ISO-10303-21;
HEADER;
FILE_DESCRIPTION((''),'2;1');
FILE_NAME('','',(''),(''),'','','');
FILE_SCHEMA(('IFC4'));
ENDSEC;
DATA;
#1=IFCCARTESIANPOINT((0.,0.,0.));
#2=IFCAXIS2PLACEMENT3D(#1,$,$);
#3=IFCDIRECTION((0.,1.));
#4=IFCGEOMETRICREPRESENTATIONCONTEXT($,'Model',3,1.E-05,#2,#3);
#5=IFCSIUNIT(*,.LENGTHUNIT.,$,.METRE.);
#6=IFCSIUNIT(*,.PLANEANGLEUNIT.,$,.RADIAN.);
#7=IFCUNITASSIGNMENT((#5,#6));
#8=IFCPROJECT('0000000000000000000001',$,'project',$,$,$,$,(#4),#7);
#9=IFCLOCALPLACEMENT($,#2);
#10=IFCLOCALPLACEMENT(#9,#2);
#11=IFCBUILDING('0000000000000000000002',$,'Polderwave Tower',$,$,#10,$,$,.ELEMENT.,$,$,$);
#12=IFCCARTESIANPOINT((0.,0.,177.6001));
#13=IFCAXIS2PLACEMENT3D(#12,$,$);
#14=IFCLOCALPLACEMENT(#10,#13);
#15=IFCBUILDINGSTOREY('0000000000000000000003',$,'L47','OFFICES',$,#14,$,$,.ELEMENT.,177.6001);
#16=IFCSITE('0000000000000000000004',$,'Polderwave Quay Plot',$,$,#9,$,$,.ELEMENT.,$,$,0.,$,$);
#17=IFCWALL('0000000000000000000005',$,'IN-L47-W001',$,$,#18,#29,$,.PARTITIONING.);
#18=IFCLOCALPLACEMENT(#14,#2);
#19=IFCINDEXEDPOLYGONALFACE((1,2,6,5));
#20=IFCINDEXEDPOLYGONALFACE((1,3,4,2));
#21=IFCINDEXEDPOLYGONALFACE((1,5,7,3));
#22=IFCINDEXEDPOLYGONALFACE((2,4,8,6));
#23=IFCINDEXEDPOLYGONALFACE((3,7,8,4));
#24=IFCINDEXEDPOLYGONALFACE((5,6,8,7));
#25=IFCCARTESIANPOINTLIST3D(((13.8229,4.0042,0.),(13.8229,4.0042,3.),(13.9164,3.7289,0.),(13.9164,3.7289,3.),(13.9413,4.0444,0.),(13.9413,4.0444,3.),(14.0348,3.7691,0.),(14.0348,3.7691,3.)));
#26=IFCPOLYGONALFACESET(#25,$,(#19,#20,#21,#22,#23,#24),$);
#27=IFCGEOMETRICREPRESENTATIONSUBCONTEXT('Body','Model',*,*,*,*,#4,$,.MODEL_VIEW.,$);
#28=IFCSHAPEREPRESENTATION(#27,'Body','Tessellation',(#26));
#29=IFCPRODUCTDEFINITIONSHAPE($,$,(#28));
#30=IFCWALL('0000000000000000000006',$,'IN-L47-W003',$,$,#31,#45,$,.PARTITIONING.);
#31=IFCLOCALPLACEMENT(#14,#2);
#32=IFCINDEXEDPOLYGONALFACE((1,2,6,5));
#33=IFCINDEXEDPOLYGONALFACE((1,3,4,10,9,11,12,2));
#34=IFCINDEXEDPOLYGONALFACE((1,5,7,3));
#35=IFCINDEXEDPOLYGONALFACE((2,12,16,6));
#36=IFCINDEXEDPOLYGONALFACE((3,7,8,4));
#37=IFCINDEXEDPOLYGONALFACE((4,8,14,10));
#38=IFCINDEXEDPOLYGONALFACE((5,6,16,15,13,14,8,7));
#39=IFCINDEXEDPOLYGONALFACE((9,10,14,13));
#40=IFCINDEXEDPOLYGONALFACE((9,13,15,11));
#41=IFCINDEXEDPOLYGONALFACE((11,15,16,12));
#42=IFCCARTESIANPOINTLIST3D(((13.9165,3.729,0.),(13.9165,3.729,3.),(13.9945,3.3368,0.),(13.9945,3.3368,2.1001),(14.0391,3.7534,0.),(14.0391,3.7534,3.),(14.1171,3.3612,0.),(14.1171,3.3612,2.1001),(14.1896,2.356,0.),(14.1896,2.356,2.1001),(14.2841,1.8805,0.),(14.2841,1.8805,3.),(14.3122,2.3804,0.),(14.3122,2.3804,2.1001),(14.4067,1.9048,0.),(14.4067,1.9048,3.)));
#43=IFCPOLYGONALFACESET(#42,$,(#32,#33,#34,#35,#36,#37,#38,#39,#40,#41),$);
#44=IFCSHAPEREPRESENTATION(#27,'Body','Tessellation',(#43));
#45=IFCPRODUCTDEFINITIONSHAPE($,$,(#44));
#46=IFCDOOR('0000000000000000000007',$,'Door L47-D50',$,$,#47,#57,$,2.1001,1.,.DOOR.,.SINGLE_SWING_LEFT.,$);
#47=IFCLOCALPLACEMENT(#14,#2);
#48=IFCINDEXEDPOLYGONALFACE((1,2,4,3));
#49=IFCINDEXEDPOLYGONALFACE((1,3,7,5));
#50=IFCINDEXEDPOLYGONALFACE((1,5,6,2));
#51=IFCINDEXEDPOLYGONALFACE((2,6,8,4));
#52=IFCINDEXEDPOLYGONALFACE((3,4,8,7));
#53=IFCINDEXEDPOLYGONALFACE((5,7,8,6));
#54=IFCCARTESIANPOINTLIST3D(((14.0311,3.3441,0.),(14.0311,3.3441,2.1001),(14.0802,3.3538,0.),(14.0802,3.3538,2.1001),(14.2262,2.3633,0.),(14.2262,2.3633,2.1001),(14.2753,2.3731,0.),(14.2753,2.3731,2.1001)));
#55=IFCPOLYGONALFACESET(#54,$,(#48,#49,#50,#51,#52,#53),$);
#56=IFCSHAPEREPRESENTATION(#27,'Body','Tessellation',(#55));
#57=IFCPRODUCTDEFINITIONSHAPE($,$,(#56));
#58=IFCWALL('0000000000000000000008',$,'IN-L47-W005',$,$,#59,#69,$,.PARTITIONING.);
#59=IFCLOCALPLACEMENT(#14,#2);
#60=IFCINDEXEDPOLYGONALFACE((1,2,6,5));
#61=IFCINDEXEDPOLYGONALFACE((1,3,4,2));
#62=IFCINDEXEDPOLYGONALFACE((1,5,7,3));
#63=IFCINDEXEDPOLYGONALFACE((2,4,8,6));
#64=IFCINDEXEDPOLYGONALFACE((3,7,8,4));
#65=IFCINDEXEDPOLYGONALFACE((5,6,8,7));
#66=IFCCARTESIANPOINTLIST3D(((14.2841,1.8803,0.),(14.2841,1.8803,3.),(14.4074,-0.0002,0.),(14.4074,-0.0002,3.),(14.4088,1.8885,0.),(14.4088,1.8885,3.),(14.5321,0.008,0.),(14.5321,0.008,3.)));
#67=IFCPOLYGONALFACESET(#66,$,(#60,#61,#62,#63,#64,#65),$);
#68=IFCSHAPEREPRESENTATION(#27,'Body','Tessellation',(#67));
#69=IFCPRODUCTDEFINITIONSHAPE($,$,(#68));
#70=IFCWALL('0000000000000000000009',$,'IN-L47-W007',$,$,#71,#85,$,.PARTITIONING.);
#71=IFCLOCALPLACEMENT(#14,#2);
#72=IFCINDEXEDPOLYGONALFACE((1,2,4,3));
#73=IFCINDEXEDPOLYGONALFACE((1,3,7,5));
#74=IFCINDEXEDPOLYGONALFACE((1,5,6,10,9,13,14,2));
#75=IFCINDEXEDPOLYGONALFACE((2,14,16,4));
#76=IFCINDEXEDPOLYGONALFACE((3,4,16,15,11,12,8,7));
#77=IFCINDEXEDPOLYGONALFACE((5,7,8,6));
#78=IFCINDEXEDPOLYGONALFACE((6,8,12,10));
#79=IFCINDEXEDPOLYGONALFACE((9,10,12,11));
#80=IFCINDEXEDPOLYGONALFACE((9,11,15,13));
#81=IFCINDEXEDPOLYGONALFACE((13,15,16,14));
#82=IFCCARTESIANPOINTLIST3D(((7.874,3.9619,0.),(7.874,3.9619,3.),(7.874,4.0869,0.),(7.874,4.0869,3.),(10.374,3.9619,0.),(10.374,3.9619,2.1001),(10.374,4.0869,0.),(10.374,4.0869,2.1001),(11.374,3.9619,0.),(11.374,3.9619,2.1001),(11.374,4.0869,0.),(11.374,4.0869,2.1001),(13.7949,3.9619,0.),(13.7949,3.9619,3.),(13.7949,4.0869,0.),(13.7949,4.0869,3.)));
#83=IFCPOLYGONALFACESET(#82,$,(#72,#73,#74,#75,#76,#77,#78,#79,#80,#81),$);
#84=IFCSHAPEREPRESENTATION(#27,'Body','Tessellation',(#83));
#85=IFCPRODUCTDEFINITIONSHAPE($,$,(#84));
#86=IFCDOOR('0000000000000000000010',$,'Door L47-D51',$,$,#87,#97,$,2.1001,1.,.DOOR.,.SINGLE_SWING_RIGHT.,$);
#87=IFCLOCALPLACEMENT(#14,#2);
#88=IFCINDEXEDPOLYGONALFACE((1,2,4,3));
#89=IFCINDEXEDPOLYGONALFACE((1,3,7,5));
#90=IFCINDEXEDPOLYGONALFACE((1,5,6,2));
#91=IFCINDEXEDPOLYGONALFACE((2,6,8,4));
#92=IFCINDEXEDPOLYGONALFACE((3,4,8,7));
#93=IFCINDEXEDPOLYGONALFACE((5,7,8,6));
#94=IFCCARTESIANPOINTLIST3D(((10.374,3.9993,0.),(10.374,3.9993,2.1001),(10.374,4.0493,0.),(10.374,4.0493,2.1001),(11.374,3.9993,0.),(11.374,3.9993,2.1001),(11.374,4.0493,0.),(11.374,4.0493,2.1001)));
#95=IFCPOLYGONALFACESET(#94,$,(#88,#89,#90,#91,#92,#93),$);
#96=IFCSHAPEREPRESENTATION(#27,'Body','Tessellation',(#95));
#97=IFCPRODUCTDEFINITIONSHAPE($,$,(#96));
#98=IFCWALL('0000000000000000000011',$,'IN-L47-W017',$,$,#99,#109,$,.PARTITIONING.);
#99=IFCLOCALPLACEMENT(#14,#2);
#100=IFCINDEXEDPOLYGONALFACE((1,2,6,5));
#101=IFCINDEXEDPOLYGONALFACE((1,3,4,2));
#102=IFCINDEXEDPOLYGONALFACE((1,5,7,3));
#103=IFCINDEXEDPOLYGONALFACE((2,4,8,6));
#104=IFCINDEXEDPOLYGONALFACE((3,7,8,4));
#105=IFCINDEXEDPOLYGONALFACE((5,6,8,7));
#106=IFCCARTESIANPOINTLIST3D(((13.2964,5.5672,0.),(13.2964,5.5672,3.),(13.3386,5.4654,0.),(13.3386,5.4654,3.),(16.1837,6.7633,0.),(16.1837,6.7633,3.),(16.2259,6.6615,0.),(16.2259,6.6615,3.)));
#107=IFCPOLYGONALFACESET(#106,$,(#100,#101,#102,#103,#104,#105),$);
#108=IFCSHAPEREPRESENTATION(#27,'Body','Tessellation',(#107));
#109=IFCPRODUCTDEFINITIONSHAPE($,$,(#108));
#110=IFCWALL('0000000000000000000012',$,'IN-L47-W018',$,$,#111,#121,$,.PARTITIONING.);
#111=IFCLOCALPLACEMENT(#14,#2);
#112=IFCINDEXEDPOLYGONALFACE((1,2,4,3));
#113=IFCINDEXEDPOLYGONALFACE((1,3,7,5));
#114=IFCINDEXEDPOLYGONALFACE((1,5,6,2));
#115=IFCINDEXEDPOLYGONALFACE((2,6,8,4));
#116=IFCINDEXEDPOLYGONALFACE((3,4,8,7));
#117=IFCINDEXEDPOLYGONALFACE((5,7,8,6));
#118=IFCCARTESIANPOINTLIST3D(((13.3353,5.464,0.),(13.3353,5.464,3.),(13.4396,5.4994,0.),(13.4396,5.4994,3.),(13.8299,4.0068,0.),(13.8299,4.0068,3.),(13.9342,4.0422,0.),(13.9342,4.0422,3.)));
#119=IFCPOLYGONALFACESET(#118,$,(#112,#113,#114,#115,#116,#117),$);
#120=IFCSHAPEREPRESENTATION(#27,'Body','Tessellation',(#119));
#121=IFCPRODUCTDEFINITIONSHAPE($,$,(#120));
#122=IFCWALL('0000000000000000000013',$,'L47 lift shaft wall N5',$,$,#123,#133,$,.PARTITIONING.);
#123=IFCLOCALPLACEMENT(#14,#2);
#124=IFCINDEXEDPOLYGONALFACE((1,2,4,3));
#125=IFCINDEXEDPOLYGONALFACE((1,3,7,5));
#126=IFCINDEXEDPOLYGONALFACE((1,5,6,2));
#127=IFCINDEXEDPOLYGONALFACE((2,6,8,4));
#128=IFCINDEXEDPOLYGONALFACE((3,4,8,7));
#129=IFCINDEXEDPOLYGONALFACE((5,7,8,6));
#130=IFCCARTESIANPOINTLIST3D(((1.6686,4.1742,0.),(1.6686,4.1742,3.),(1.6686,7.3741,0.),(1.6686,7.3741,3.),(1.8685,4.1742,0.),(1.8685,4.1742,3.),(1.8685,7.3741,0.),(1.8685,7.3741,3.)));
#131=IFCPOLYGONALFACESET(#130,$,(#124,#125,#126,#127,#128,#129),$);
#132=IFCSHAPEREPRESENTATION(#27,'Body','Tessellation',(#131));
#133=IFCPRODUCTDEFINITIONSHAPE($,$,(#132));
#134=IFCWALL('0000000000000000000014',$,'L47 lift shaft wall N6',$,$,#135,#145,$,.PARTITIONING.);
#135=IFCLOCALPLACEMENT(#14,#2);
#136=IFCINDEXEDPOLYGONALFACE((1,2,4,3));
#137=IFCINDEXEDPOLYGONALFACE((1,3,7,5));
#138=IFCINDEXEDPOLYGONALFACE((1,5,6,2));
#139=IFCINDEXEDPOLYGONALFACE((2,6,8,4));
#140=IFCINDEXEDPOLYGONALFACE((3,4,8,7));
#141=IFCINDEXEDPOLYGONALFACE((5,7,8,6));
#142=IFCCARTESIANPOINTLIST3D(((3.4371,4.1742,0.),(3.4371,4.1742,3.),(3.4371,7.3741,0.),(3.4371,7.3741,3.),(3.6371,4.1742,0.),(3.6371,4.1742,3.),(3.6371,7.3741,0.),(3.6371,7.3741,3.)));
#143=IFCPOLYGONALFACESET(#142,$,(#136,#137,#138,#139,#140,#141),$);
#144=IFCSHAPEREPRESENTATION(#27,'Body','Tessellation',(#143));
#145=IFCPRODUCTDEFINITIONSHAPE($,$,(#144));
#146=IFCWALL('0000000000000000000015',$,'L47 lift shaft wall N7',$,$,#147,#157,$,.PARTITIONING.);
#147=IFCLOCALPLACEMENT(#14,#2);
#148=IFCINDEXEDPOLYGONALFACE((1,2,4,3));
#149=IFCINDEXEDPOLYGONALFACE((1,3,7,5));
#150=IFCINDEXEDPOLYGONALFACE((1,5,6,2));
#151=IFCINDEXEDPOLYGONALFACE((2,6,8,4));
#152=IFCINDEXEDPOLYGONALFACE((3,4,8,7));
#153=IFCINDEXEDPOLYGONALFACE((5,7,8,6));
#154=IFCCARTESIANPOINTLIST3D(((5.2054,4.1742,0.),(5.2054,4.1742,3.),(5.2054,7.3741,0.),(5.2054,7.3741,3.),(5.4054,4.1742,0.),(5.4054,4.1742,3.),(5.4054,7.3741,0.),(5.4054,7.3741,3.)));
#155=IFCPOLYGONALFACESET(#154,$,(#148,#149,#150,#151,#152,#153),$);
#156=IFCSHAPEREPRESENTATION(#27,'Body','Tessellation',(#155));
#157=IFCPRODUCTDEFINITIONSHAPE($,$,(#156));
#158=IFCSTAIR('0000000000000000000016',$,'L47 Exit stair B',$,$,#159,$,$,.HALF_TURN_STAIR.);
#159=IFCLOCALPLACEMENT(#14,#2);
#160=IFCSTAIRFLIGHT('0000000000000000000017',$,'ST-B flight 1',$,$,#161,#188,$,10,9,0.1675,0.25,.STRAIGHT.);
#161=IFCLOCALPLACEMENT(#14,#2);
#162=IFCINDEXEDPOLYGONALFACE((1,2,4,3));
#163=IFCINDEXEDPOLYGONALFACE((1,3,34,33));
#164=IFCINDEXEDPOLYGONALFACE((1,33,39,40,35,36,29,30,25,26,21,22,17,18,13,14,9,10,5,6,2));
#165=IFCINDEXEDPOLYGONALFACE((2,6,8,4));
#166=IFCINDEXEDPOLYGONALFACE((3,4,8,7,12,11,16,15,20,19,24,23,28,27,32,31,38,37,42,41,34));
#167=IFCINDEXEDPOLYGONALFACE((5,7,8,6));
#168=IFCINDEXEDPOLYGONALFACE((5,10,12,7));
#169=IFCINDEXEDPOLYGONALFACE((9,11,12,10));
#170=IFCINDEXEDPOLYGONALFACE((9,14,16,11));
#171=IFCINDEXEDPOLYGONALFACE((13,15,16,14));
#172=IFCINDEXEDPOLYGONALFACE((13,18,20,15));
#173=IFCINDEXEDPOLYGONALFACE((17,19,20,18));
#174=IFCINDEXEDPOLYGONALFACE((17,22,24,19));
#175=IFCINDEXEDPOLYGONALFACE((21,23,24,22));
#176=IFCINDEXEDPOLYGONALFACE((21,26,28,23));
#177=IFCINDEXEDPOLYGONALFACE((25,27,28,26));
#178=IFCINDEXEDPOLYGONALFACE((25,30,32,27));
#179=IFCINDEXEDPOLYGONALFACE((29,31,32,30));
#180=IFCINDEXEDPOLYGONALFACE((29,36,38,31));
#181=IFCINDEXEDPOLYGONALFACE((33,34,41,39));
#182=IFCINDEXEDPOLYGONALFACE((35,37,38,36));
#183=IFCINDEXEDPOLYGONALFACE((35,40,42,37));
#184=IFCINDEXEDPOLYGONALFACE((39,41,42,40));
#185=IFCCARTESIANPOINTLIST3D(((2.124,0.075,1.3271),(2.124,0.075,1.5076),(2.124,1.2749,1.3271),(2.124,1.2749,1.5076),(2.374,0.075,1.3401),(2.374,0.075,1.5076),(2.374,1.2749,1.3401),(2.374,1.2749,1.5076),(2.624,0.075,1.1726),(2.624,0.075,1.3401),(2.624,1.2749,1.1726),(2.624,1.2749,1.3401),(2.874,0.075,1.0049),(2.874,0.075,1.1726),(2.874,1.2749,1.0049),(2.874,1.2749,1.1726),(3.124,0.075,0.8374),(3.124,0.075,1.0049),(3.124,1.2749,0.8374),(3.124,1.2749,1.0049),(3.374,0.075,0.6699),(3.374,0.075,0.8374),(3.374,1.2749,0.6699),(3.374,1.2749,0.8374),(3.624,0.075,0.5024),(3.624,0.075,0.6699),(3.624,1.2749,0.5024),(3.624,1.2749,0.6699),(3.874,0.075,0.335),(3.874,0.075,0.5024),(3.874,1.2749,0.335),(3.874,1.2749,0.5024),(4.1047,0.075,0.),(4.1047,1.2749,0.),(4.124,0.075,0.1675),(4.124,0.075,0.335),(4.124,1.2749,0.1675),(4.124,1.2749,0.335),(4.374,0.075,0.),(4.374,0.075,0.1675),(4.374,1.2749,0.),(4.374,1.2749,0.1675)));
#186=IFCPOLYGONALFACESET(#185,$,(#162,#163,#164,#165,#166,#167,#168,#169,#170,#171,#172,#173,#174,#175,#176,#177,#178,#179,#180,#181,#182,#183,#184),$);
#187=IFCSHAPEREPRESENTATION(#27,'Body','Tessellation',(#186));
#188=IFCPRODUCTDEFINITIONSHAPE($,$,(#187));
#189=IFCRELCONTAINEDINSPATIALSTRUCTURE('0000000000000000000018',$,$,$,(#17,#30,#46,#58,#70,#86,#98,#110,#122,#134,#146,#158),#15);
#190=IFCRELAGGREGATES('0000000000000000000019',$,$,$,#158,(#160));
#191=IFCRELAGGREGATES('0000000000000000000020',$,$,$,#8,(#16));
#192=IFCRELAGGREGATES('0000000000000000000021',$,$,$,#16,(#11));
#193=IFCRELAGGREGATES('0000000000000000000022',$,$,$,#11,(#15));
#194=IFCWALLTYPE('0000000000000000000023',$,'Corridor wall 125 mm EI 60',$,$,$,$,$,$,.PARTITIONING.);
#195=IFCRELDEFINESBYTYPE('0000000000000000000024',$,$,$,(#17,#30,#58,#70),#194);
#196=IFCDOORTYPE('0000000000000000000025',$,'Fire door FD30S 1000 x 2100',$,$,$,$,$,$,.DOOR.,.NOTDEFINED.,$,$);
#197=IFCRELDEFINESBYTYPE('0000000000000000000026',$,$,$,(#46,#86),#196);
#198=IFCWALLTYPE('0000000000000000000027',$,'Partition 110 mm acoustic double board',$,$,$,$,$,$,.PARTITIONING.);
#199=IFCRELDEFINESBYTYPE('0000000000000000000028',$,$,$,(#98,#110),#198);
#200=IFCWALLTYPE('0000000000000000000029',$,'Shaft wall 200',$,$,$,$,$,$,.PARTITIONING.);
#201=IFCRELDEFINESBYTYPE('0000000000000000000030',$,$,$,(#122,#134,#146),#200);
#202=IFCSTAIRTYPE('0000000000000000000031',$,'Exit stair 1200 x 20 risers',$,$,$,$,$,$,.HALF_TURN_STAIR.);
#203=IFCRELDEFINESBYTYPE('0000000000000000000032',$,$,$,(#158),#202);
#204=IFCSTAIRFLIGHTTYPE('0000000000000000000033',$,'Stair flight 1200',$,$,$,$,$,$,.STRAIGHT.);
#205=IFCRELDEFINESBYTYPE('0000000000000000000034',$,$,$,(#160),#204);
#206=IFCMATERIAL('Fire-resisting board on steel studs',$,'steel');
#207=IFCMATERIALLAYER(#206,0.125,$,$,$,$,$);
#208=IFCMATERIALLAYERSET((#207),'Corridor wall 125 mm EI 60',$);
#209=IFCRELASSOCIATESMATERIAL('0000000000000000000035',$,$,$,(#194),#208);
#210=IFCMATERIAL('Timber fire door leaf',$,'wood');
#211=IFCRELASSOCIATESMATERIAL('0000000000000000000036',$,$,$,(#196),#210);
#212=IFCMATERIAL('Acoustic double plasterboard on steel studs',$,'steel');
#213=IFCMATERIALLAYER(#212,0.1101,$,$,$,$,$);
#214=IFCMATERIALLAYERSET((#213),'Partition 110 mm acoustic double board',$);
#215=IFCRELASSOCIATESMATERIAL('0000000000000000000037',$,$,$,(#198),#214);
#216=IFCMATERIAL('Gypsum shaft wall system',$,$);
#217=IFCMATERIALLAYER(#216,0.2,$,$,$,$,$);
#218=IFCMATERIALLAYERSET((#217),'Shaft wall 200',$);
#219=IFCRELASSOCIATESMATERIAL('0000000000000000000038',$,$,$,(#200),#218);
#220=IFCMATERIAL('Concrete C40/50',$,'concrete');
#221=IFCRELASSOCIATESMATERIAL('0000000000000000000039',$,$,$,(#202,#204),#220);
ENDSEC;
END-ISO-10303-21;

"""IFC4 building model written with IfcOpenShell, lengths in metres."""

from ifc_helpers import new_model, si_unit, direction, frame, frame_2d, origin, place, context, subcontext, project, spatial, polyline, rectangle, outline, extrude, material, layer, layer_set, type_object, element, fill, aggregate, save


model = new_model("IFC4")

# Units and contexts
model_context = context("Model", 3, precision=1e-05, world=origin(), true_north=direction((0.0, 1.0)))
body_context = subcontext(model_context, "Body", "Model", "MODEL_VIEW")
ifc_project = project(units=[si_unit("LENGTHUNIT", "METRE"), si_unit("PLANEANGLEUNIT", "RADIAN")], contexts=[model_context])

# Site, building, storey
site_placement = place(None, origin())
site = spatial("IfcSite", under=ifc_project, at=site_placement, Name="Polderwave Quay Plot", CompositionType="ELEMENT", RefElevation=0.0)
building_placement = place(site_placement, origin())
building = spatial("IfcBuilding", under=site, at=building_placement, Name="Polderwave Tower", CompositionType="ELEMENT")
storey_placement = place(building_placement, frame((0.0, 0.0, 177.6001)))
storey = spatial("IfcBuildingStorey", under=building, at=storey_placement, Name="L47", Description="OFFICES", CompositionType="ELEMENT", Elevation=177.6001)

# Wall
ifc_material_1 = material(Name="Fire-resisting board on steel studs", Category="steel")
ifc_layer_1 = layer(ifc_material_1, 0.125)
ifc_layer_set_1 = layer_set([ifc_layer_1], Name="Corridor wall 125 mm EI 60")
wall_type_1 = type_object("IfcWallType", Name="Corridor wall 125 mm EI 60", PredefinedType="PARTITIONING", material=ifc_layer_set_1)
wall_1_placement = place(storey_placement, frame((13.8821, 4.0244, 0.0), z_axis=(0.0, 0.0, 1.0), x_axis=(0.321511, -0.946906, 0.0)))
element("IfcWall", 1, at=wall_1_placement, inside=storey, type_object=wall_type_1, Name="IN-L47-W001", PredefinedType="PARTITIONING", context=body_context, shape_type="SweptSolid", body=[
    extrude(rectangle(XDim=0.2908, YDim=0.125, at=frame_2d((0.1455, 0.0))), origin(), (0.0, 0.0, 1.0), 3.0),
])

# Wall, opening, door
wall_2_placement = place(storey_placement, frame((13.9778, 3.7412, 0.0), z_axis=(0.0, 0.0, 1.0), x_axis=(0.19507, -0.980789, 0.0)))
wall_2 = element("IfcWall", 2, at=wall_2_placement, inside=storey, type_object=wall_type_1, Name="IN-L47-W003", PredefinedType="PARTITIONING", context=body_context, shape_type="SweptSolid", body=[
    extrude(rectangle(XDim=1.8848, YDim=0.125, at=frame_2d((0.9424, 0.0))), origin(), (0.0, 0.0, 1.0), 3.0),
])
opening_1_placement = place(wall_2_placement, frame((0.3999, 0.0, 0.0)))
opening_1 = element("IfcOpeningElement", 3, at=opening_1_placement, cuts=wall_2, PredefinedType="OPENING", context=body_context, shape_type="SweptSolid", body=[
    extrude(rectangle(XDim=1.0, YDim=2.1001, at=frame_2d((0.5, 1.05))), frame((0.0, 0.0725, 0.0), z_axis=(0.0, -1.0, 0.0), x_axis=(1.0, 0.0, 0.0)), (0.0, 0.0, 1.0), 0.145),
])
ifc_material_2 = material(Name="Timber fire door leaf", Category="wood")
door_type = type_object("IfcDoorType", Name="Fire door FD30S 1000 x 2100", OperationType="NOTDEFINED", PredefinedType="DOOR", material=ifc_material_2)
door_1_placement = place(opening_1_placement, origin())
door_1 = element("IfcDoor", 4, at=door_1_placement, inside=storey, type_object=door_type, Name="Door L47-D50", OperationType="SINGLE_SWING_LEFT", OverallHeight=2.1001, OverallWidth=1.0, PredefinedType="DOOR", context=body_context, shape_type="SweptSolid", body=[
    extrude(rectangle(XDim=1.0, YDim=2.1001, at=frame_2d((0.5, 1.05))), frame((0.0, 0.0249, 0.0), z_axis=(0.0, -1.0, 0.0), x_axis=(1.0, 0.0, 0.0)), (0.0, 0.0, 1.0), 0.05),
])
fill(opening_1, door_1)

# Wall
wall_3_placement = place(storey_placement, frame((14.3464, 1.8845, 0.0), z_axis=(0.0, 0.0, 1.0), x_axis=(0.065427, -0.997857, 0.0)))
element("IfcWall", 5, at=wall_3_placement, inside=storey, type_object=wall_type_1, Name="IN-L47-W005", PredefinedType="PARTITIONING", context=body_context, shape_type="SweptSolid", body=[
    extrude(rectangle(XDim=1.8845, YDim=0.125, at=frame_2d((0.9424, 0.0))), origin(), (0.0, 0.0, 1.0), 3.0),
])

# Wall, opening, door
wall_4_placement = place(storey_placement, frame((7.874, 4.0244, 0.0), z_axis=(0.0, 0.0, 1.0), x_axis=(1.0, 0.0, 0.0)))
wall_4 = element("IfcWall", 6, at=wall_4_placement, inside=storey, type_object=wall_type_1, Name="IN-L47-W007", PredefinedType="PARTITIONING", context=body_context, shape_type="SweptSolid", body=[
    extrude(rectangle(XDim=5.9209, YDim=0.125, at=frame_2d((2.9604, 0.0))), origin(), (0.0, 0.0, 1.0), 3.0),
])
opening_2_placement = place(wall_4_placement, frame((2.5, 0.0, 0.0)))
opening_2 = element("IfcOpeningElement", 7, at=opening_2_placement, cuts=wall_4, PredefinedType="OPENING", context=body_context, shape_type="SweptSolid", body=[
    extrude(rectangle(XDim=1.0, YDim=2.1001, at=frame_2d((0.5, 1.05))), frame((0.0, 0.0725, 0.0), z_axis=(0.0, -1.0, 0.0), x_axis=(1.0, 0.0, 0.0)), (0.0, 0.0, 1.0), 0.145),
])
door_2_placement = place(opening_2_placement, origin())
door_2 = element("IfcDoor", 8, at=door_2_placement, inside=storey, type_object=door_type, Name="Door L47-D51", OperationType="SINGLE_SWING_RIGHT", OverallHeight=2.1001, OverallWidth=1.0, PredefinedType="DOOR", context=body_context, shape_type="SweptSolid", body=[
    extrude(rectangle(XDim=1.0, YDim=2.1001, at=frame_2d((0.5, 1.05))), frame((0.0, 0.0249, 0.0), z_axis=(0.0, -1.0, 0.0), x_axis=(1.0, 0.0, 0.0)), (0.0, 0.0, 1.0), 0.05),
])
fill(opening_2, door_2)

# Walls
ifc_material_3 = material(Name="Acoustic double plasterboard on steel studs", Category="steel")
ifc_layer_2 = layer(ifc_material_3, 0.1101)
ifc_layer_set_2 = layer_set([ifc_layer_2], Name="Partition 110 mm acoustic double board")
wall_type_2 = type_object("IfcWallType", Name="Partition 110 mm acoustic double board", PredefinedType="PARTITIONING", material=ifc_layer_set_2)
wall_5_placement = place(storey_placement, frame((13.3176, 5.5164, 0.0), z_axis=(0.0, 0.0, 1.0), x_axis=(0.923865, 0.382717, 0.0)))
element("IfcWall", 9, at=wall_5_placement, inside=storey, type_object=wall_type_2, Name="IN-L47-W017", PredefinedType="PARTITIONING", context=body_context, shape_type="SweptSolid", body=[
    extrude(rectangle(XDim=3.1252, YDim=0.1101, at=frame_2d((1.5625, 0.0))), origin(), (0.0, 0.0, 1.0), 3.0),
])
wall_6_placement = place(storey_placement, frame((13.8821, 4.0244, 0.0), z_axis=(0.0, 0.0, 1.0), x_axis=(-0.321411, 0.94694, 0.0)))
element("IfcWall", 10, at=wall_6_placement, inside=storey, type_object=wall_type_2, Name="IN-L47-W018", PredefinedType="PARTITIONING", context=body_context, shape_type="SweptSolid", body=[
    extrude(rectangle(XDim=1.5388, YDim=0.1101, at=frame_2d((0.7695, 0.0))), origin(), (0.0, 0.0, 1.0), 3.0),
])
ifc_material_4 = material(Name="Gypsum shaft wall system")
ifc_layer_3 = layer(ifc_material_4, 0.2)
ifc_layer_set_3 = layer_set([ifc_layer_3], Name="Shaft wall 200")
wall_type_3 = type_object("IfcWallType", Name="Shaft wall 200", PredefinedType="PARTITIONING", material=ifc_layer_set_3)
for number, where, z_axis, x_axis, name in (
    (11, (1.7686, 4.1741, 0.0), (0.0, 0.0, 1.0), (0.0, 1.0, 0.0), "L47 lift shaft wall N5"),
    (12, (3.5371, 4.1741, 0.0), (0.0, 0.0, 1.0), (0.0, 1.0, 0.0), "L47 lift shaft wall N6"),
    (13, (5.3054, 4.1741, 0.0), (0.0, 0.0, 1.0), (0.0, 1.0, 0.0), "L47 lift shaft wall N7"),
):
    element("IfcWall", number, at=place(storey_placement, frame(where, z_axis=z_axis, x_axis=x_axis)), inside=storey, type_object=wall_type_3, Name=name, PredefinedType="PARTITIONING", context=body_context, shape_type="SweptSolid", body=[
        extrude(rectangle(XDim=3.2, YDim=0.2, at=frame_2d((1.6001, 0.0))), origin(), (0.0, 0.0, 1.0), 3.0),
    ])

# Stair, stair flight
ifc_material_5 = material(Name="Concrete C40/50", Category="concrete")
stair_type = type_object("IfcStairType", Name="Exit stair 1200 x 20 risers", PredefinedType="HALF_TURN_STAIR", material=ifc_material_5)
stair_placement = place(storey_placement, origin())
stair = element("IfcStair", 14, at=stair_placement, inside=storey, type_object=stair_type, Name="L47 Exit stair B", PredefinedType="HALF_TURN_STAIR")
stair_flight_type = type_object("IfcStairFlightType", Name="Stair flight 1200", PredefinedType="STRAIGHT", material=ifc_material_5)
stair_flight_placement = place(storey_placement, frame((4.374, 0.675, 0.0), z_axis=(0.0, 0.0, 1.0), x_axis=(-1.0, 0.0, 0.0)))
stair_flight = element("IfcStairFlight", 15, at=stair_flight_placement, type_object=stair_flight_type, Name="ST-B flight 1", NumberOfRisers=10, NumberOfTreads=9, PredefinedType="STRAIGHT", RiserHeight=0.1675, TreadLength=0.25, context=body_context, shape_type="SweptSolid", body=[
    extrude(outline(polyline([(0.0, 0.0), (0.0, 0.1675), (0.25, 0.1675), (0.25, 0.335), (0.5, 0.335), (0.5, 0.5024), (0.75, 0.5024), (0.75, 0.6699), (1.0, 0.6699), (1.0, 0.8374), (1.25, 0.8374), (1.25, 1.0049), (1.5, 1.0049), (1.5, 1.1726), (1.75, 1.1726), (1.75, 1.3401), (2.0, 1.3401), (2.0, 1.5076), (2.25, 1.5076), (2.25, 1.675), (2.25, 1.3271), (0.2693, 0.0), (0.0, 0.0)])), frame((0.0, 0.6001, 0.0), z_axis=(0.0, -1.0, 0.0), x_axis=(1.0, 0.0, 0.0)), (0.0, 0.0, 1.0), 1.2),
])
aggregate(stair, [stair_flight])

save(model, "model.ifc")
